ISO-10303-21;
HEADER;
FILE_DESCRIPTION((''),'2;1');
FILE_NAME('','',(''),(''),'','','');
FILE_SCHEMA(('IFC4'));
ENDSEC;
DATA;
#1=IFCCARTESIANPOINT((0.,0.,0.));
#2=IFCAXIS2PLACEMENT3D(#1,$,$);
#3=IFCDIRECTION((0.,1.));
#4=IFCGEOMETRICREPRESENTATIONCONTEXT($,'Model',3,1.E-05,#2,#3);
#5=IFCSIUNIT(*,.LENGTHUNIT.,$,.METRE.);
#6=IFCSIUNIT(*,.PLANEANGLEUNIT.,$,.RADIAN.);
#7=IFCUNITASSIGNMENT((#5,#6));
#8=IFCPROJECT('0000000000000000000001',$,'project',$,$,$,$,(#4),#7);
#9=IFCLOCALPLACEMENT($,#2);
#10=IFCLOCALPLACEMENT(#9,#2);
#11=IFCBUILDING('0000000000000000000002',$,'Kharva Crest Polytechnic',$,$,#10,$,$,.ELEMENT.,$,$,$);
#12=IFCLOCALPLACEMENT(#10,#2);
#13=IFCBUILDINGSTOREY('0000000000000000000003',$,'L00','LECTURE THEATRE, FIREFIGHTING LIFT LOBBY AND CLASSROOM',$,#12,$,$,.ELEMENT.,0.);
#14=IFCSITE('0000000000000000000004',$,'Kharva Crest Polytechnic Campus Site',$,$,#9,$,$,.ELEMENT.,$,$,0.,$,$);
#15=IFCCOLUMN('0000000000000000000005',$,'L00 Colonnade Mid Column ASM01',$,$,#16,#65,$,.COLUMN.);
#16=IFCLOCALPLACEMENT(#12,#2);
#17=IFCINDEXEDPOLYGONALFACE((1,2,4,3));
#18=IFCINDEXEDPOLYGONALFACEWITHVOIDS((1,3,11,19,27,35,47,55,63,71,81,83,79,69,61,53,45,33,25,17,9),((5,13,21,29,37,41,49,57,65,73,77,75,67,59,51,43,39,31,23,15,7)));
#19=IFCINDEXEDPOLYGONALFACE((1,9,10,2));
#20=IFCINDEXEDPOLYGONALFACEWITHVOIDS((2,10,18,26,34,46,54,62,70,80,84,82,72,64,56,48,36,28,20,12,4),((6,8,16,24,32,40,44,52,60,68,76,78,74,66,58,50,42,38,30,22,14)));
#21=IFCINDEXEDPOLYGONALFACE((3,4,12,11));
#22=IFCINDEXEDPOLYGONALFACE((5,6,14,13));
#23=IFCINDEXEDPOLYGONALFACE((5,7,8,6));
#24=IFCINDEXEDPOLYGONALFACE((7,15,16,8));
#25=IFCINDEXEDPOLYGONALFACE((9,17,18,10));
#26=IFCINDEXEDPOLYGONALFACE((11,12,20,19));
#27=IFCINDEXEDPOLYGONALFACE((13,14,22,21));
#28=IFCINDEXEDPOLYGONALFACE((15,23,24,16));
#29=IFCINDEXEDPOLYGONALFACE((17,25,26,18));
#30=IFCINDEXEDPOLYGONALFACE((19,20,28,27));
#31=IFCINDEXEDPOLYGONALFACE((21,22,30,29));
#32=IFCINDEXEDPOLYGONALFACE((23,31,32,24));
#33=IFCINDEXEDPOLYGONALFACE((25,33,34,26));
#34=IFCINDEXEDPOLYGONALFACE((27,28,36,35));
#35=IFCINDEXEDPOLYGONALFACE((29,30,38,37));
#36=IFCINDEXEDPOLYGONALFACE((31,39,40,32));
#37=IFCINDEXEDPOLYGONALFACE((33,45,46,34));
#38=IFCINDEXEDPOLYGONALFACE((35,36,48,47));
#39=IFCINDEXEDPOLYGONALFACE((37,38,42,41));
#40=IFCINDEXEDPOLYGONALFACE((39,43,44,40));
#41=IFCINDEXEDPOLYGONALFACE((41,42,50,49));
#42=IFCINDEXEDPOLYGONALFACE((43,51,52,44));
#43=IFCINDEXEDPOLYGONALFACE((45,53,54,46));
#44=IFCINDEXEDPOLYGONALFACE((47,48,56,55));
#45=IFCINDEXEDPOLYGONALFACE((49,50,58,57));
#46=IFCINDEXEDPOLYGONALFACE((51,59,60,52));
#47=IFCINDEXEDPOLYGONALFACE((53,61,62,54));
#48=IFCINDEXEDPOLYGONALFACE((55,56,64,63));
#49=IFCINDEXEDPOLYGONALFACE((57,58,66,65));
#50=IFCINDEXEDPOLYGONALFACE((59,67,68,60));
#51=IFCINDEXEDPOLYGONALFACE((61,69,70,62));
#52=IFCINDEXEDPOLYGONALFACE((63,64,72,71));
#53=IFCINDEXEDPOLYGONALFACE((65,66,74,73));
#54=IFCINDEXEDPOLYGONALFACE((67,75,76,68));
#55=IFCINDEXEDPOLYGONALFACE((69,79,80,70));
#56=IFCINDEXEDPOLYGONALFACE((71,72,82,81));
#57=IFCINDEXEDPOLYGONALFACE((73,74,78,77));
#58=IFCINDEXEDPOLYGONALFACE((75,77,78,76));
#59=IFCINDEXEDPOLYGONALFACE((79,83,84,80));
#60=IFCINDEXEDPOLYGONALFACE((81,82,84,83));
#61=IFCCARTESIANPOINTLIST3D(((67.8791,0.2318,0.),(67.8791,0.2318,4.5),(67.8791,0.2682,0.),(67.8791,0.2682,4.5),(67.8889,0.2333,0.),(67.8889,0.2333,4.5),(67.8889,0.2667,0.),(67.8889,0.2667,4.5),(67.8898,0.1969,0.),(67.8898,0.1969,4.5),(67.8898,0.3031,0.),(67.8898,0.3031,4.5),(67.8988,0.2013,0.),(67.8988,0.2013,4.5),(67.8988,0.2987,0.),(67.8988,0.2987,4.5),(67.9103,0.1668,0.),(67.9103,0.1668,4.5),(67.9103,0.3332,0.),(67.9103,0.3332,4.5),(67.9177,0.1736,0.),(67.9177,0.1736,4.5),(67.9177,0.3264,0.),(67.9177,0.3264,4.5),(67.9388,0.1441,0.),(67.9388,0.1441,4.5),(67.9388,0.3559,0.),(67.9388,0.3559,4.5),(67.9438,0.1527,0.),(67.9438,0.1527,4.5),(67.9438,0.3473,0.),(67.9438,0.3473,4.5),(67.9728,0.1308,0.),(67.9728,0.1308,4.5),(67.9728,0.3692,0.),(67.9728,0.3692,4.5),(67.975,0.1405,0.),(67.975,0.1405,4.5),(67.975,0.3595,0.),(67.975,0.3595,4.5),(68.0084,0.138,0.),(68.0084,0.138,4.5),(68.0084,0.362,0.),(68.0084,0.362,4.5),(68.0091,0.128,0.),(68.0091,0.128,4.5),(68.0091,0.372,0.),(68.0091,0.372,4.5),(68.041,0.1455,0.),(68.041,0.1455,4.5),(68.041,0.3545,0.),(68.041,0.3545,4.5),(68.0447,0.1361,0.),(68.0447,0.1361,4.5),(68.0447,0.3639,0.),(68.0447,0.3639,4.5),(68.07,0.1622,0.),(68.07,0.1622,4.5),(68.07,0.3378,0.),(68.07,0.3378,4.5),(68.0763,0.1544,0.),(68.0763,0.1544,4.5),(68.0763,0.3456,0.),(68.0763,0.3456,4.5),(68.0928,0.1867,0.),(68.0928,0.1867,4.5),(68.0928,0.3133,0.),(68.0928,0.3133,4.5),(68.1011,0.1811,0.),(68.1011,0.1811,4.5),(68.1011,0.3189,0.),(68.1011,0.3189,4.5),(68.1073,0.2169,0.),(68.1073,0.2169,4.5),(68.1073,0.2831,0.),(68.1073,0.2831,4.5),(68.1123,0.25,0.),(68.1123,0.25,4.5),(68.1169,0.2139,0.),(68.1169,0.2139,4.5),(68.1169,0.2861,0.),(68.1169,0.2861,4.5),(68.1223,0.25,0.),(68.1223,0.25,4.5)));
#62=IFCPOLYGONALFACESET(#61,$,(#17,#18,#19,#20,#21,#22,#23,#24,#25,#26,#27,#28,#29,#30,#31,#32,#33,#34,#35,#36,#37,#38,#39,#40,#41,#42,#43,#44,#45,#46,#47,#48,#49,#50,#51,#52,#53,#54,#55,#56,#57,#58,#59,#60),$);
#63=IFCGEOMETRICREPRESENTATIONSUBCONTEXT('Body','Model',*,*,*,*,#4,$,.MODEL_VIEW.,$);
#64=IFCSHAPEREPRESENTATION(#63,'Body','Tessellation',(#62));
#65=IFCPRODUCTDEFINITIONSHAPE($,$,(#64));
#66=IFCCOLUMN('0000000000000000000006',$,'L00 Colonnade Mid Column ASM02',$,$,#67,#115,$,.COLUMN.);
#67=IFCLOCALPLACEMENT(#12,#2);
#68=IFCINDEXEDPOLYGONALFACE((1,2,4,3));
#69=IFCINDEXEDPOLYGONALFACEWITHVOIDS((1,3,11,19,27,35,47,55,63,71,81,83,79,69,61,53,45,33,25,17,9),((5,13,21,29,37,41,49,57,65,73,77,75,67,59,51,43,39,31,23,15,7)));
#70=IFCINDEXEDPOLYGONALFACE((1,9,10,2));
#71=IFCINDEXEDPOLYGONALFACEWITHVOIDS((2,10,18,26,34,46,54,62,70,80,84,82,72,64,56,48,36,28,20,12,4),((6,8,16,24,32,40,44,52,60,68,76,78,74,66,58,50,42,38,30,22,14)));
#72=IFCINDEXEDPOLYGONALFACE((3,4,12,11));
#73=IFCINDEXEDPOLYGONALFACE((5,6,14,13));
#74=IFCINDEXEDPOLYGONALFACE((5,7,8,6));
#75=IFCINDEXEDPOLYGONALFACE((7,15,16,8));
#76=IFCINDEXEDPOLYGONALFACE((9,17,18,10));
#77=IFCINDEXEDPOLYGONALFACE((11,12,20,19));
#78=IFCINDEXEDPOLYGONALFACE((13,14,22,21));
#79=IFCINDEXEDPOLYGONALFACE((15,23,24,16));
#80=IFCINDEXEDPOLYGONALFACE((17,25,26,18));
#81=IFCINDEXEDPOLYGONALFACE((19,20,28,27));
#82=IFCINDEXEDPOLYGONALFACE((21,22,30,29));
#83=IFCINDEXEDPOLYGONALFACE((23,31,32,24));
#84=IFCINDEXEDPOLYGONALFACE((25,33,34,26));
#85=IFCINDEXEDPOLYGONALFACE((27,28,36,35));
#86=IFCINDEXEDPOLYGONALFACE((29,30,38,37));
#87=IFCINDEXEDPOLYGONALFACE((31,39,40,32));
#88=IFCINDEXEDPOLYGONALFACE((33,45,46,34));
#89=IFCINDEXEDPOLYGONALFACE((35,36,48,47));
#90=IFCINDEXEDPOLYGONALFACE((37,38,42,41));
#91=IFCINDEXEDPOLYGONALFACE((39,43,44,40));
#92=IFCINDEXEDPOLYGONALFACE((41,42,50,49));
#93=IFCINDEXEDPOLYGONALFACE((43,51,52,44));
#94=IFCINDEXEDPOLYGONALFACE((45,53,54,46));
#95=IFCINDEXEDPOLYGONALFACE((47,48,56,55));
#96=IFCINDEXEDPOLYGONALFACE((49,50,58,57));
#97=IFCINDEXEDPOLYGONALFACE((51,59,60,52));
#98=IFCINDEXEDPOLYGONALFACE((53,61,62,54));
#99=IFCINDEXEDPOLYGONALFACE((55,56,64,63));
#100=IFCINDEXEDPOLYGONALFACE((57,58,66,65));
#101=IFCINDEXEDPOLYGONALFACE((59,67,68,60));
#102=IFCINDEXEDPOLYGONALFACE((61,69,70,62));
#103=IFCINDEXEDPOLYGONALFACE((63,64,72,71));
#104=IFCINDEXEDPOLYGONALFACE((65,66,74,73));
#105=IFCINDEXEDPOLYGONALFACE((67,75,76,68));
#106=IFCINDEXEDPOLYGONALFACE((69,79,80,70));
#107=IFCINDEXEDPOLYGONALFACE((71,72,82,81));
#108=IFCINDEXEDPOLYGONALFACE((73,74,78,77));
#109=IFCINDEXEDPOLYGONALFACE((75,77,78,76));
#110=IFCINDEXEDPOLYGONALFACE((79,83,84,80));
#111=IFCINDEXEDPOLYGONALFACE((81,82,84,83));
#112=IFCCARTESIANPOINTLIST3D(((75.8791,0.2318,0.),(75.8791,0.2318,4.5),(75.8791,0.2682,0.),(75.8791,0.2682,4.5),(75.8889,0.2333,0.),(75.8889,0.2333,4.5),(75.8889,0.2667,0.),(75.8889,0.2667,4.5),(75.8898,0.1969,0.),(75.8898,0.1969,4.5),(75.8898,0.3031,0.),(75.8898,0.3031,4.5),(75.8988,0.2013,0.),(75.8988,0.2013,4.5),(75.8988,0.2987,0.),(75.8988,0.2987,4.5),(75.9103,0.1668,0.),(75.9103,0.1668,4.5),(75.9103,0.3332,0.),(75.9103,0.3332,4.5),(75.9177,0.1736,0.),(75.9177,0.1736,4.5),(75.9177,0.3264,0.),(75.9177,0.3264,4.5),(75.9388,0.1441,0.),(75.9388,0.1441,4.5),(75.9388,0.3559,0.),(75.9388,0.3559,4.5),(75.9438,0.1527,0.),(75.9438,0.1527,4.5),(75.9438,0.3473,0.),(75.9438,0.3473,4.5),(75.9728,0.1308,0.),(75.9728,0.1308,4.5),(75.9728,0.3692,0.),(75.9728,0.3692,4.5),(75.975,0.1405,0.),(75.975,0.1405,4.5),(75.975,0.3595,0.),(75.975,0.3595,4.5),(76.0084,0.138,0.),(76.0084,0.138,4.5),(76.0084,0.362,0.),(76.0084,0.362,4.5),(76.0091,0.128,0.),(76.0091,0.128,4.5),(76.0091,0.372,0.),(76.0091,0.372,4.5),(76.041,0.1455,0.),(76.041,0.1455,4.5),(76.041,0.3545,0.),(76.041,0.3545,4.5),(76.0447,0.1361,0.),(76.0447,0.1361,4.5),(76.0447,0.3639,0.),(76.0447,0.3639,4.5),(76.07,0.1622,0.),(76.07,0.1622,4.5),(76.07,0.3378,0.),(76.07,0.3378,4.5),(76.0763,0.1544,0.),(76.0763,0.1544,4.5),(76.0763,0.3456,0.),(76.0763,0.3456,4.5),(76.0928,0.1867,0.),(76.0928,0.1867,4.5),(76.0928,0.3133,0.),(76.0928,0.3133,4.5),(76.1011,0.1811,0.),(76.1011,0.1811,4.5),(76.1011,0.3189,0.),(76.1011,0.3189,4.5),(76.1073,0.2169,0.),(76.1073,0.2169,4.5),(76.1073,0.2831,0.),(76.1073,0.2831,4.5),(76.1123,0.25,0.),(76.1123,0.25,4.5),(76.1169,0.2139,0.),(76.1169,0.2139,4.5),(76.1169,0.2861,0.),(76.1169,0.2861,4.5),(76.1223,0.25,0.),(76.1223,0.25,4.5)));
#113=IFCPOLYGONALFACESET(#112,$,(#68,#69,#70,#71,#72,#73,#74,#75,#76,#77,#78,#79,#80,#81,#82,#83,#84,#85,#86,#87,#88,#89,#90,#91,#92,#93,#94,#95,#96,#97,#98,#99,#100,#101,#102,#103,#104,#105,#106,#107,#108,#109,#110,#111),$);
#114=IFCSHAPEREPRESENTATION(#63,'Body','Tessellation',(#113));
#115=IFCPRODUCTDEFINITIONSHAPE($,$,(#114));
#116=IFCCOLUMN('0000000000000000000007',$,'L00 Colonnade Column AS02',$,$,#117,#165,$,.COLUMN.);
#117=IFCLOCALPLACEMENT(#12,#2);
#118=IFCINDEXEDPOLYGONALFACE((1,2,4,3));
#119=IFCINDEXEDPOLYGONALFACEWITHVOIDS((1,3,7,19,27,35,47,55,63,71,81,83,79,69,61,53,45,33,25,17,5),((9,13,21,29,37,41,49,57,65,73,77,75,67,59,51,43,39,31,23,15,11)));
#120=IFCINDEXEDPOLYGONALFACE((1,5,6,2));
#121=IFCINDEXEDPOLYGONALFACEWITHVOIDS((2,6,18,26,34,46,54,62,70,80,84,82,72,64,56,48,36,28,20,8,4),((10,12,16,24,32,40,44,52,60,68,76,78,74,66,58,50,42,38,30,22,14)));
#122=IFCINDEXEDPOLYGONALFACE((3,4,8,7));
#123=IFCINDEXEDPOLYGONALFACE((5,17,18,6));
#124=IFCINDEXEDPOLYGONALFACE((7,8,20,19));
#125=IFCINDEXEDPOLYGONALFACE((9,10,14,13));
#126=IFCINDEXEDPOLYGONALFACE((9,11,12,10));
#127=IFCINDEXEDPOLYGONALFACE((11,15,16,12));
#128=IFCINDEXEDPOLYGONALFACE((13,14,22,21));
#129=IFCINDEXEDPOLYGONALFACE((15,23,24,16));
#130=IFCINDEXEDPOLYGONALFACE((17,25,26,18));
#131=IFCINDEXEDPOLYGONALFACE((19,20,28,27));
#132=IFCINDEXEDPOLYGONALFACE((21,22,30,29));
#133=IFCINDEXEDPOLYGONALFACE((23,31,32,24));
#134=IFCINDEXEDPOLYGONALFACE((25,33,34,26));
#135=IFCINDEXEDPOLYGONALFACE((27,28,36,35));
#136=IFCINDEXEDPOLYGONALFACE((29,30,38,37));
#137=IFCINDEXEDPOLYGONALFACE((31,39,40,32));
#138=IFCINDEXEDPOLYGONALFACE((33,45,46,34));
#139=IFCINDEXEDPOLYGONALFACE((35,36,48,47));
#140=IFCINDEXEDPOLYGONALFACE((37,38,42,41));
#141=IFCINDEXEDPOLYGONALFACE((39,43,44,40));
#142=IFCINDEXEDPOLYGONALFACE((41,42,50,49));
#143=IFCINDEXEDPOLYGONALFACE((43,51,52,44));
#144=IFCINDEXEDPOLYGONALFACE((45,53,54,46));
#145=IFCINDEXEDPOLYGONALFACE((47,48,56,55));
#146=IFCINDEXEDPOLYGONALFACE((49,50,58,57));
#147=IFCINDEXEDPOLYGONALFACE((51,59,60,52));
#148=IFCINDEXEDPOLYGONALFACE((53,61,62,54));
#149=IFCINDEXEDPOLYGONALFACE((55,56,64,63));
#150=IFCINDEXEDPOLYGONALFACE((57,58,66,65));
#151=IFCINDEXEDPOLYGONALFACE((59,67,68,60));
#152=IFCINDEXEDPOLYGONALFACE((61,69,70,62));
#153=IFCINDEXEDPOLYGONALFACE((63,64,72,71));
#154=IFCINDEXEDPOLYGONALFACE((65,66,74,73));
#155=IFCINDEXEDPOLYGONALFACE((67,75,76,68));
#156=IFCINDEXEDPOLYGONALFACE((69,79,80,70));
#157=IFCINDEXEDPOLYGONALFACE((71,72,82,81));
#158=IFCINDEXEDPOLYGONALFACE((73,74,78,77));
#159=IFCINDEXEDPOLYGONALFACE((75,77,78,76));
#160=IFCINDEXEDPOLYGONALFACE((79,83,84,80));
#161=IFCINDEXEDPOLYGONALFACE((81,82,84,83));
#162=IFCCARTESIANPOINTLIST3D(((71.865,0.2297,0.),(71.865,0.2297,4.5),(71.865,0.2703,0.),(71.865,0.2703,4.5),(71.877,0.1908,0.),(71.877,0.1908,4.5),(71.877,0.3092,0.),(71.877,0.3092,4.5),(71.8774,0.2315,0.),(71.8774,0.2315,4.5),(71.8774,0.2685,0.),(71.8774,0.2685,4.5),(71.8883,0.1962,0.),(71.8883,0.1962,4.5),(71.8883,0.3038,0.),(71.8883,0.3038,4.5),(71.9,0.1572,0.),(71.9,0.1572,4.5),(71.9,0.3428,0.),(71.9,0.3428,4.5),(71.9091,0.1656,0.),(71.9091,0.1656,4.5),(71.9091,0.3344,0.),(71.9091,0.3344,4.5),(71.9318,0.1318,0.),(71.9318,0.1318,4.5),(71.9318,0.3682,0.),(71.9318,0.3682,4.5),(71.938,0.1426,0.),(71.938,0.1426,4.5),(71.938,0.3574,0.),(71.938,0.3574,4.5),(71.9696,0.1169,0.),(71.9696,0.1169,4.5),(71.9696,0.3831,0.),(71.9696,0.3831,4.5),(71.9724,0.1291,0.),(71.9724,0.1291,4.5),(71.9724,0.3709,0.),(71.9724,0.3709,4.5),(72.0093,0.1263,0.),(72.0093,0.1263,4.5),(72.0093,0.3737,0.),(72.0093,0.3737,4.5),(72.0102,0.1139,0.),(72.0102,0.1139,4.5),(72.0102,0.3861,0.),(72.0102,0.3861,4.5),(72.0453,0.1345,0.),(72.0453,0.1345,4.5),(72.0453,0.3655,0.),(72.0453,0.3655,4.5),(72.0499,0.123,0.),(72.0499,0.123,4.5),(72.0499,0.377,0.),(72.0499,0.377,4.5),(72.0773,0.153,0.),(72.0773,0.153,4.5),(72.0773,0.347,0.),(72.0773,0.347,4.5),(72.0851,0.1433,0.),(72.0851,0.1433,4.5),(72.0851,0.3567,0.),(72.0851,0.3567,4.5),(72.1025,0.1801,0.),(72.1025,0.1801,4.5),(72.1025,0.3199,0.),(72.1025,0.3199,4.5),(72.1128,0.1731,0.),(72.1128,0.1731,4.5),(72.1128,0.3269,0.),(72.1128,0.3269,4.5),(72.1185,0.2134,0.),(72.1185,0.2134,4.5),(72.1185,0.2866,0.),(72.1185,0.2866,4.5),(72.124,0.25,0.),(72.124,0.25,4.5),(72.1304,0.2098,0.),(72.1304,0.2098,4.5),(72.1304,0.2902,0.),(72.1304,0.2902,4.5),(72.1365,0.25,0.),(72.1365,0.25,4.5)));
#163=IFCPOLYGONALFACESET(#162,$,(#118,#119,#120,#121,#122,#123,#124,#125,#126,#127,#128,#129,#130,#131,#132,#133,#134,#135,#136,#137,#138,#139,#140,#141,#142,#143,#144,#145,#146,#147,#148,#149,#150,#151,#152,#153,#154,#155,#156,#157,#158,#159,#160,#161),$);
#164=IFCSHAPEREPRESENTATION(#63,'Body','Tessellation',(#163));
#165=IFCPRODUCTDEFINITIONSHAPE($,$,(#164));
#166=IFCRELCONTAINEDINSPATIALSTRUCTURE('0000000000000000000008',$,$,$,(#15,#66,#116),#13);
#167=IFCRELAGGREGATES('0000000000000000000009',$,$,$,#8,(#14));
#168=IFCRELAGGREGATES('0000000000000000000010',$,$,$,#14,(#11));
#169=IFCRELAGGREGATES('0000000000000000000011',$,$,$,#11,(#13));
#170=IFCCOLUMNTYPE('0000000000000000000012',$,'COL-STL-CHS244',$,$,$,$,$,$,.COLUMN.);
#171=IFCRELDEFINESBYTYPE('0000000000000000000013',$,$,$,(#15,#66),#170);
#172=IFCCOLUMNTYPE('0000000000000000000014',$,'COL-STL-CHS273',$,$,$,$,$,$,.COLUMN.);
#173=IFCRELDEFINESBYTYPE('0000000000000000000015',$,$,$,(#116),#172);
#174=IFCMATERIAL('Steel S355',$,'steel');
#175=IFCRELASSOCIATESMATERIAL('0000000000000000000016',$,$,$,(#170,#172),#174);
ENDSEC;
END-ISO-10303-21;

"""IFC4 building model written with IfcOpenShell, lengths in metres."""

from ifc_helpers import new_model, si_unit, direction, frame, origin, origin_2d, place, context, subcontext, project, spatial, hollow_circle, extrude, material, material_profile, profile_set, type_object, element, save


model = new_model("IFC4")

# Units and contexts
model_context = context("Model", 3, precision=1e-05, world=origin(), true_north=direction((0.0, 1.0)))
body_context = subcontext(model_context, "Body", "Model", "MODEL_VIEW")
ifc_project = project(units=[si_unit("LENGTHUNIT", "METRE"), si_unit("PLANEANGLEUNIT", "RADIAN")], contexts=[model_context])

# Site, building, storey
site_placement = place(None, origin())
site = spatial("IfcSite", under=ifc_project, at=site_placement, Name="Kharva Crest Polytechnic Campus Site", CompositionType="ELEMENT", RefElevation=0.0)
building_placement = place(site_placement, origin())
building = spatial("IfcBuilding", under=site, at=building_placement, Name="Kharva Crest Polytechnic", CompositionType="ELEMENT")
storey_placement = place(building_placement, origin())
storey = spatial("IfcBuildingStorey", under=building, at=storey_placement, Name="L00", Description="LECTURE THEATRE, FIREFIGHTING LIFT LOBBY AND CLASSROOM", CompositionType="ELEMENT", Elevation=0.0)

# Columns
ifc_material_1 = material(Name="Steel S355", Category="steel")
ifc_material_profile_1 = material_profile(ifc_material_1, hollow_circle(Radius=0.1223, WallThickness=0.01, at=origin_2d()), Name="CHS 244.5X10.0")
ifc_profile_set_1 = profile_set([ifc_material_profile_1], Name="Steel S355")
column_type_1 = type_object("IfcColumnType", Name="COL-STL-CHS244", PredefinedType="COLUMN", material=ifc_profile_set_1)
for number, where, z_axis, x_axis, name in (
    (1, (68.0, 0.25, 0.0), (0.0, 0.0, 1.0), (1.0, 0.0, 0.0), "L00 Colonnade Mid Column ASM01"),
    (2, (76.0, 0.25, 0.0), (0.0, 0.0, 1.0), (1.0, 0.0, 0.0), "L00 Colonnade Mid Column ASM02"),
):
    element("IfcColumn", number, at=place(storey_placement, frame(where, z_axis=z_axis, x_axis=x_axis)), inside=storey, type_object=column_type_1, Name=name, PredefinedType="COLUMN", context=body_context, shape_type="SweptSolid", body=[
        extrude(hollow_circle(Radius=0.1223, WallThickness=0.01, at=origin_2d()), origin(), (0.0, 0.0, 1.0), 4.5),
    ])
ifc_material_profile_2 = material_profile(ifc_material_1, hollow_circle(Radius=0.1365, WallThickness=0.0125, at=origin_2d()), Name="CHS 273.0X12.5")
ifc_profile_set_2 = profile_set([ifc_material_profile_2], Name="Steel S355")
column_type_2 = type_object("IfcColumnType", Name="COL-STL-CHS273", PredefinedType="COLUMN", material=ifc_profile_set_2)
for number, where, z_axis, x_axis, name in (
    (3, (72.0, 0.25, 0.0), (0.0, 0.0, 1.0), (1.0, 0.0, 0.0), "L00 Colonnade Column AS02"),
):
    element("IfcColumn", number, at=place(storey_placement, frame(where, z_axis=z_axis, x_axis=x_axis)), inside=storey, type_object=column_type_2, Name=name, PredefinedType="COLUMN", context=body_context, shape_type="SweptSolid", body=[
        extrude(hollow_circle(Radius=0.1365, WallThickness=0.0125, at=origin_2d()), origin(), (0.0, 0.0, 1.0), 4.5),
    ])

save(model, "model.ifc")
